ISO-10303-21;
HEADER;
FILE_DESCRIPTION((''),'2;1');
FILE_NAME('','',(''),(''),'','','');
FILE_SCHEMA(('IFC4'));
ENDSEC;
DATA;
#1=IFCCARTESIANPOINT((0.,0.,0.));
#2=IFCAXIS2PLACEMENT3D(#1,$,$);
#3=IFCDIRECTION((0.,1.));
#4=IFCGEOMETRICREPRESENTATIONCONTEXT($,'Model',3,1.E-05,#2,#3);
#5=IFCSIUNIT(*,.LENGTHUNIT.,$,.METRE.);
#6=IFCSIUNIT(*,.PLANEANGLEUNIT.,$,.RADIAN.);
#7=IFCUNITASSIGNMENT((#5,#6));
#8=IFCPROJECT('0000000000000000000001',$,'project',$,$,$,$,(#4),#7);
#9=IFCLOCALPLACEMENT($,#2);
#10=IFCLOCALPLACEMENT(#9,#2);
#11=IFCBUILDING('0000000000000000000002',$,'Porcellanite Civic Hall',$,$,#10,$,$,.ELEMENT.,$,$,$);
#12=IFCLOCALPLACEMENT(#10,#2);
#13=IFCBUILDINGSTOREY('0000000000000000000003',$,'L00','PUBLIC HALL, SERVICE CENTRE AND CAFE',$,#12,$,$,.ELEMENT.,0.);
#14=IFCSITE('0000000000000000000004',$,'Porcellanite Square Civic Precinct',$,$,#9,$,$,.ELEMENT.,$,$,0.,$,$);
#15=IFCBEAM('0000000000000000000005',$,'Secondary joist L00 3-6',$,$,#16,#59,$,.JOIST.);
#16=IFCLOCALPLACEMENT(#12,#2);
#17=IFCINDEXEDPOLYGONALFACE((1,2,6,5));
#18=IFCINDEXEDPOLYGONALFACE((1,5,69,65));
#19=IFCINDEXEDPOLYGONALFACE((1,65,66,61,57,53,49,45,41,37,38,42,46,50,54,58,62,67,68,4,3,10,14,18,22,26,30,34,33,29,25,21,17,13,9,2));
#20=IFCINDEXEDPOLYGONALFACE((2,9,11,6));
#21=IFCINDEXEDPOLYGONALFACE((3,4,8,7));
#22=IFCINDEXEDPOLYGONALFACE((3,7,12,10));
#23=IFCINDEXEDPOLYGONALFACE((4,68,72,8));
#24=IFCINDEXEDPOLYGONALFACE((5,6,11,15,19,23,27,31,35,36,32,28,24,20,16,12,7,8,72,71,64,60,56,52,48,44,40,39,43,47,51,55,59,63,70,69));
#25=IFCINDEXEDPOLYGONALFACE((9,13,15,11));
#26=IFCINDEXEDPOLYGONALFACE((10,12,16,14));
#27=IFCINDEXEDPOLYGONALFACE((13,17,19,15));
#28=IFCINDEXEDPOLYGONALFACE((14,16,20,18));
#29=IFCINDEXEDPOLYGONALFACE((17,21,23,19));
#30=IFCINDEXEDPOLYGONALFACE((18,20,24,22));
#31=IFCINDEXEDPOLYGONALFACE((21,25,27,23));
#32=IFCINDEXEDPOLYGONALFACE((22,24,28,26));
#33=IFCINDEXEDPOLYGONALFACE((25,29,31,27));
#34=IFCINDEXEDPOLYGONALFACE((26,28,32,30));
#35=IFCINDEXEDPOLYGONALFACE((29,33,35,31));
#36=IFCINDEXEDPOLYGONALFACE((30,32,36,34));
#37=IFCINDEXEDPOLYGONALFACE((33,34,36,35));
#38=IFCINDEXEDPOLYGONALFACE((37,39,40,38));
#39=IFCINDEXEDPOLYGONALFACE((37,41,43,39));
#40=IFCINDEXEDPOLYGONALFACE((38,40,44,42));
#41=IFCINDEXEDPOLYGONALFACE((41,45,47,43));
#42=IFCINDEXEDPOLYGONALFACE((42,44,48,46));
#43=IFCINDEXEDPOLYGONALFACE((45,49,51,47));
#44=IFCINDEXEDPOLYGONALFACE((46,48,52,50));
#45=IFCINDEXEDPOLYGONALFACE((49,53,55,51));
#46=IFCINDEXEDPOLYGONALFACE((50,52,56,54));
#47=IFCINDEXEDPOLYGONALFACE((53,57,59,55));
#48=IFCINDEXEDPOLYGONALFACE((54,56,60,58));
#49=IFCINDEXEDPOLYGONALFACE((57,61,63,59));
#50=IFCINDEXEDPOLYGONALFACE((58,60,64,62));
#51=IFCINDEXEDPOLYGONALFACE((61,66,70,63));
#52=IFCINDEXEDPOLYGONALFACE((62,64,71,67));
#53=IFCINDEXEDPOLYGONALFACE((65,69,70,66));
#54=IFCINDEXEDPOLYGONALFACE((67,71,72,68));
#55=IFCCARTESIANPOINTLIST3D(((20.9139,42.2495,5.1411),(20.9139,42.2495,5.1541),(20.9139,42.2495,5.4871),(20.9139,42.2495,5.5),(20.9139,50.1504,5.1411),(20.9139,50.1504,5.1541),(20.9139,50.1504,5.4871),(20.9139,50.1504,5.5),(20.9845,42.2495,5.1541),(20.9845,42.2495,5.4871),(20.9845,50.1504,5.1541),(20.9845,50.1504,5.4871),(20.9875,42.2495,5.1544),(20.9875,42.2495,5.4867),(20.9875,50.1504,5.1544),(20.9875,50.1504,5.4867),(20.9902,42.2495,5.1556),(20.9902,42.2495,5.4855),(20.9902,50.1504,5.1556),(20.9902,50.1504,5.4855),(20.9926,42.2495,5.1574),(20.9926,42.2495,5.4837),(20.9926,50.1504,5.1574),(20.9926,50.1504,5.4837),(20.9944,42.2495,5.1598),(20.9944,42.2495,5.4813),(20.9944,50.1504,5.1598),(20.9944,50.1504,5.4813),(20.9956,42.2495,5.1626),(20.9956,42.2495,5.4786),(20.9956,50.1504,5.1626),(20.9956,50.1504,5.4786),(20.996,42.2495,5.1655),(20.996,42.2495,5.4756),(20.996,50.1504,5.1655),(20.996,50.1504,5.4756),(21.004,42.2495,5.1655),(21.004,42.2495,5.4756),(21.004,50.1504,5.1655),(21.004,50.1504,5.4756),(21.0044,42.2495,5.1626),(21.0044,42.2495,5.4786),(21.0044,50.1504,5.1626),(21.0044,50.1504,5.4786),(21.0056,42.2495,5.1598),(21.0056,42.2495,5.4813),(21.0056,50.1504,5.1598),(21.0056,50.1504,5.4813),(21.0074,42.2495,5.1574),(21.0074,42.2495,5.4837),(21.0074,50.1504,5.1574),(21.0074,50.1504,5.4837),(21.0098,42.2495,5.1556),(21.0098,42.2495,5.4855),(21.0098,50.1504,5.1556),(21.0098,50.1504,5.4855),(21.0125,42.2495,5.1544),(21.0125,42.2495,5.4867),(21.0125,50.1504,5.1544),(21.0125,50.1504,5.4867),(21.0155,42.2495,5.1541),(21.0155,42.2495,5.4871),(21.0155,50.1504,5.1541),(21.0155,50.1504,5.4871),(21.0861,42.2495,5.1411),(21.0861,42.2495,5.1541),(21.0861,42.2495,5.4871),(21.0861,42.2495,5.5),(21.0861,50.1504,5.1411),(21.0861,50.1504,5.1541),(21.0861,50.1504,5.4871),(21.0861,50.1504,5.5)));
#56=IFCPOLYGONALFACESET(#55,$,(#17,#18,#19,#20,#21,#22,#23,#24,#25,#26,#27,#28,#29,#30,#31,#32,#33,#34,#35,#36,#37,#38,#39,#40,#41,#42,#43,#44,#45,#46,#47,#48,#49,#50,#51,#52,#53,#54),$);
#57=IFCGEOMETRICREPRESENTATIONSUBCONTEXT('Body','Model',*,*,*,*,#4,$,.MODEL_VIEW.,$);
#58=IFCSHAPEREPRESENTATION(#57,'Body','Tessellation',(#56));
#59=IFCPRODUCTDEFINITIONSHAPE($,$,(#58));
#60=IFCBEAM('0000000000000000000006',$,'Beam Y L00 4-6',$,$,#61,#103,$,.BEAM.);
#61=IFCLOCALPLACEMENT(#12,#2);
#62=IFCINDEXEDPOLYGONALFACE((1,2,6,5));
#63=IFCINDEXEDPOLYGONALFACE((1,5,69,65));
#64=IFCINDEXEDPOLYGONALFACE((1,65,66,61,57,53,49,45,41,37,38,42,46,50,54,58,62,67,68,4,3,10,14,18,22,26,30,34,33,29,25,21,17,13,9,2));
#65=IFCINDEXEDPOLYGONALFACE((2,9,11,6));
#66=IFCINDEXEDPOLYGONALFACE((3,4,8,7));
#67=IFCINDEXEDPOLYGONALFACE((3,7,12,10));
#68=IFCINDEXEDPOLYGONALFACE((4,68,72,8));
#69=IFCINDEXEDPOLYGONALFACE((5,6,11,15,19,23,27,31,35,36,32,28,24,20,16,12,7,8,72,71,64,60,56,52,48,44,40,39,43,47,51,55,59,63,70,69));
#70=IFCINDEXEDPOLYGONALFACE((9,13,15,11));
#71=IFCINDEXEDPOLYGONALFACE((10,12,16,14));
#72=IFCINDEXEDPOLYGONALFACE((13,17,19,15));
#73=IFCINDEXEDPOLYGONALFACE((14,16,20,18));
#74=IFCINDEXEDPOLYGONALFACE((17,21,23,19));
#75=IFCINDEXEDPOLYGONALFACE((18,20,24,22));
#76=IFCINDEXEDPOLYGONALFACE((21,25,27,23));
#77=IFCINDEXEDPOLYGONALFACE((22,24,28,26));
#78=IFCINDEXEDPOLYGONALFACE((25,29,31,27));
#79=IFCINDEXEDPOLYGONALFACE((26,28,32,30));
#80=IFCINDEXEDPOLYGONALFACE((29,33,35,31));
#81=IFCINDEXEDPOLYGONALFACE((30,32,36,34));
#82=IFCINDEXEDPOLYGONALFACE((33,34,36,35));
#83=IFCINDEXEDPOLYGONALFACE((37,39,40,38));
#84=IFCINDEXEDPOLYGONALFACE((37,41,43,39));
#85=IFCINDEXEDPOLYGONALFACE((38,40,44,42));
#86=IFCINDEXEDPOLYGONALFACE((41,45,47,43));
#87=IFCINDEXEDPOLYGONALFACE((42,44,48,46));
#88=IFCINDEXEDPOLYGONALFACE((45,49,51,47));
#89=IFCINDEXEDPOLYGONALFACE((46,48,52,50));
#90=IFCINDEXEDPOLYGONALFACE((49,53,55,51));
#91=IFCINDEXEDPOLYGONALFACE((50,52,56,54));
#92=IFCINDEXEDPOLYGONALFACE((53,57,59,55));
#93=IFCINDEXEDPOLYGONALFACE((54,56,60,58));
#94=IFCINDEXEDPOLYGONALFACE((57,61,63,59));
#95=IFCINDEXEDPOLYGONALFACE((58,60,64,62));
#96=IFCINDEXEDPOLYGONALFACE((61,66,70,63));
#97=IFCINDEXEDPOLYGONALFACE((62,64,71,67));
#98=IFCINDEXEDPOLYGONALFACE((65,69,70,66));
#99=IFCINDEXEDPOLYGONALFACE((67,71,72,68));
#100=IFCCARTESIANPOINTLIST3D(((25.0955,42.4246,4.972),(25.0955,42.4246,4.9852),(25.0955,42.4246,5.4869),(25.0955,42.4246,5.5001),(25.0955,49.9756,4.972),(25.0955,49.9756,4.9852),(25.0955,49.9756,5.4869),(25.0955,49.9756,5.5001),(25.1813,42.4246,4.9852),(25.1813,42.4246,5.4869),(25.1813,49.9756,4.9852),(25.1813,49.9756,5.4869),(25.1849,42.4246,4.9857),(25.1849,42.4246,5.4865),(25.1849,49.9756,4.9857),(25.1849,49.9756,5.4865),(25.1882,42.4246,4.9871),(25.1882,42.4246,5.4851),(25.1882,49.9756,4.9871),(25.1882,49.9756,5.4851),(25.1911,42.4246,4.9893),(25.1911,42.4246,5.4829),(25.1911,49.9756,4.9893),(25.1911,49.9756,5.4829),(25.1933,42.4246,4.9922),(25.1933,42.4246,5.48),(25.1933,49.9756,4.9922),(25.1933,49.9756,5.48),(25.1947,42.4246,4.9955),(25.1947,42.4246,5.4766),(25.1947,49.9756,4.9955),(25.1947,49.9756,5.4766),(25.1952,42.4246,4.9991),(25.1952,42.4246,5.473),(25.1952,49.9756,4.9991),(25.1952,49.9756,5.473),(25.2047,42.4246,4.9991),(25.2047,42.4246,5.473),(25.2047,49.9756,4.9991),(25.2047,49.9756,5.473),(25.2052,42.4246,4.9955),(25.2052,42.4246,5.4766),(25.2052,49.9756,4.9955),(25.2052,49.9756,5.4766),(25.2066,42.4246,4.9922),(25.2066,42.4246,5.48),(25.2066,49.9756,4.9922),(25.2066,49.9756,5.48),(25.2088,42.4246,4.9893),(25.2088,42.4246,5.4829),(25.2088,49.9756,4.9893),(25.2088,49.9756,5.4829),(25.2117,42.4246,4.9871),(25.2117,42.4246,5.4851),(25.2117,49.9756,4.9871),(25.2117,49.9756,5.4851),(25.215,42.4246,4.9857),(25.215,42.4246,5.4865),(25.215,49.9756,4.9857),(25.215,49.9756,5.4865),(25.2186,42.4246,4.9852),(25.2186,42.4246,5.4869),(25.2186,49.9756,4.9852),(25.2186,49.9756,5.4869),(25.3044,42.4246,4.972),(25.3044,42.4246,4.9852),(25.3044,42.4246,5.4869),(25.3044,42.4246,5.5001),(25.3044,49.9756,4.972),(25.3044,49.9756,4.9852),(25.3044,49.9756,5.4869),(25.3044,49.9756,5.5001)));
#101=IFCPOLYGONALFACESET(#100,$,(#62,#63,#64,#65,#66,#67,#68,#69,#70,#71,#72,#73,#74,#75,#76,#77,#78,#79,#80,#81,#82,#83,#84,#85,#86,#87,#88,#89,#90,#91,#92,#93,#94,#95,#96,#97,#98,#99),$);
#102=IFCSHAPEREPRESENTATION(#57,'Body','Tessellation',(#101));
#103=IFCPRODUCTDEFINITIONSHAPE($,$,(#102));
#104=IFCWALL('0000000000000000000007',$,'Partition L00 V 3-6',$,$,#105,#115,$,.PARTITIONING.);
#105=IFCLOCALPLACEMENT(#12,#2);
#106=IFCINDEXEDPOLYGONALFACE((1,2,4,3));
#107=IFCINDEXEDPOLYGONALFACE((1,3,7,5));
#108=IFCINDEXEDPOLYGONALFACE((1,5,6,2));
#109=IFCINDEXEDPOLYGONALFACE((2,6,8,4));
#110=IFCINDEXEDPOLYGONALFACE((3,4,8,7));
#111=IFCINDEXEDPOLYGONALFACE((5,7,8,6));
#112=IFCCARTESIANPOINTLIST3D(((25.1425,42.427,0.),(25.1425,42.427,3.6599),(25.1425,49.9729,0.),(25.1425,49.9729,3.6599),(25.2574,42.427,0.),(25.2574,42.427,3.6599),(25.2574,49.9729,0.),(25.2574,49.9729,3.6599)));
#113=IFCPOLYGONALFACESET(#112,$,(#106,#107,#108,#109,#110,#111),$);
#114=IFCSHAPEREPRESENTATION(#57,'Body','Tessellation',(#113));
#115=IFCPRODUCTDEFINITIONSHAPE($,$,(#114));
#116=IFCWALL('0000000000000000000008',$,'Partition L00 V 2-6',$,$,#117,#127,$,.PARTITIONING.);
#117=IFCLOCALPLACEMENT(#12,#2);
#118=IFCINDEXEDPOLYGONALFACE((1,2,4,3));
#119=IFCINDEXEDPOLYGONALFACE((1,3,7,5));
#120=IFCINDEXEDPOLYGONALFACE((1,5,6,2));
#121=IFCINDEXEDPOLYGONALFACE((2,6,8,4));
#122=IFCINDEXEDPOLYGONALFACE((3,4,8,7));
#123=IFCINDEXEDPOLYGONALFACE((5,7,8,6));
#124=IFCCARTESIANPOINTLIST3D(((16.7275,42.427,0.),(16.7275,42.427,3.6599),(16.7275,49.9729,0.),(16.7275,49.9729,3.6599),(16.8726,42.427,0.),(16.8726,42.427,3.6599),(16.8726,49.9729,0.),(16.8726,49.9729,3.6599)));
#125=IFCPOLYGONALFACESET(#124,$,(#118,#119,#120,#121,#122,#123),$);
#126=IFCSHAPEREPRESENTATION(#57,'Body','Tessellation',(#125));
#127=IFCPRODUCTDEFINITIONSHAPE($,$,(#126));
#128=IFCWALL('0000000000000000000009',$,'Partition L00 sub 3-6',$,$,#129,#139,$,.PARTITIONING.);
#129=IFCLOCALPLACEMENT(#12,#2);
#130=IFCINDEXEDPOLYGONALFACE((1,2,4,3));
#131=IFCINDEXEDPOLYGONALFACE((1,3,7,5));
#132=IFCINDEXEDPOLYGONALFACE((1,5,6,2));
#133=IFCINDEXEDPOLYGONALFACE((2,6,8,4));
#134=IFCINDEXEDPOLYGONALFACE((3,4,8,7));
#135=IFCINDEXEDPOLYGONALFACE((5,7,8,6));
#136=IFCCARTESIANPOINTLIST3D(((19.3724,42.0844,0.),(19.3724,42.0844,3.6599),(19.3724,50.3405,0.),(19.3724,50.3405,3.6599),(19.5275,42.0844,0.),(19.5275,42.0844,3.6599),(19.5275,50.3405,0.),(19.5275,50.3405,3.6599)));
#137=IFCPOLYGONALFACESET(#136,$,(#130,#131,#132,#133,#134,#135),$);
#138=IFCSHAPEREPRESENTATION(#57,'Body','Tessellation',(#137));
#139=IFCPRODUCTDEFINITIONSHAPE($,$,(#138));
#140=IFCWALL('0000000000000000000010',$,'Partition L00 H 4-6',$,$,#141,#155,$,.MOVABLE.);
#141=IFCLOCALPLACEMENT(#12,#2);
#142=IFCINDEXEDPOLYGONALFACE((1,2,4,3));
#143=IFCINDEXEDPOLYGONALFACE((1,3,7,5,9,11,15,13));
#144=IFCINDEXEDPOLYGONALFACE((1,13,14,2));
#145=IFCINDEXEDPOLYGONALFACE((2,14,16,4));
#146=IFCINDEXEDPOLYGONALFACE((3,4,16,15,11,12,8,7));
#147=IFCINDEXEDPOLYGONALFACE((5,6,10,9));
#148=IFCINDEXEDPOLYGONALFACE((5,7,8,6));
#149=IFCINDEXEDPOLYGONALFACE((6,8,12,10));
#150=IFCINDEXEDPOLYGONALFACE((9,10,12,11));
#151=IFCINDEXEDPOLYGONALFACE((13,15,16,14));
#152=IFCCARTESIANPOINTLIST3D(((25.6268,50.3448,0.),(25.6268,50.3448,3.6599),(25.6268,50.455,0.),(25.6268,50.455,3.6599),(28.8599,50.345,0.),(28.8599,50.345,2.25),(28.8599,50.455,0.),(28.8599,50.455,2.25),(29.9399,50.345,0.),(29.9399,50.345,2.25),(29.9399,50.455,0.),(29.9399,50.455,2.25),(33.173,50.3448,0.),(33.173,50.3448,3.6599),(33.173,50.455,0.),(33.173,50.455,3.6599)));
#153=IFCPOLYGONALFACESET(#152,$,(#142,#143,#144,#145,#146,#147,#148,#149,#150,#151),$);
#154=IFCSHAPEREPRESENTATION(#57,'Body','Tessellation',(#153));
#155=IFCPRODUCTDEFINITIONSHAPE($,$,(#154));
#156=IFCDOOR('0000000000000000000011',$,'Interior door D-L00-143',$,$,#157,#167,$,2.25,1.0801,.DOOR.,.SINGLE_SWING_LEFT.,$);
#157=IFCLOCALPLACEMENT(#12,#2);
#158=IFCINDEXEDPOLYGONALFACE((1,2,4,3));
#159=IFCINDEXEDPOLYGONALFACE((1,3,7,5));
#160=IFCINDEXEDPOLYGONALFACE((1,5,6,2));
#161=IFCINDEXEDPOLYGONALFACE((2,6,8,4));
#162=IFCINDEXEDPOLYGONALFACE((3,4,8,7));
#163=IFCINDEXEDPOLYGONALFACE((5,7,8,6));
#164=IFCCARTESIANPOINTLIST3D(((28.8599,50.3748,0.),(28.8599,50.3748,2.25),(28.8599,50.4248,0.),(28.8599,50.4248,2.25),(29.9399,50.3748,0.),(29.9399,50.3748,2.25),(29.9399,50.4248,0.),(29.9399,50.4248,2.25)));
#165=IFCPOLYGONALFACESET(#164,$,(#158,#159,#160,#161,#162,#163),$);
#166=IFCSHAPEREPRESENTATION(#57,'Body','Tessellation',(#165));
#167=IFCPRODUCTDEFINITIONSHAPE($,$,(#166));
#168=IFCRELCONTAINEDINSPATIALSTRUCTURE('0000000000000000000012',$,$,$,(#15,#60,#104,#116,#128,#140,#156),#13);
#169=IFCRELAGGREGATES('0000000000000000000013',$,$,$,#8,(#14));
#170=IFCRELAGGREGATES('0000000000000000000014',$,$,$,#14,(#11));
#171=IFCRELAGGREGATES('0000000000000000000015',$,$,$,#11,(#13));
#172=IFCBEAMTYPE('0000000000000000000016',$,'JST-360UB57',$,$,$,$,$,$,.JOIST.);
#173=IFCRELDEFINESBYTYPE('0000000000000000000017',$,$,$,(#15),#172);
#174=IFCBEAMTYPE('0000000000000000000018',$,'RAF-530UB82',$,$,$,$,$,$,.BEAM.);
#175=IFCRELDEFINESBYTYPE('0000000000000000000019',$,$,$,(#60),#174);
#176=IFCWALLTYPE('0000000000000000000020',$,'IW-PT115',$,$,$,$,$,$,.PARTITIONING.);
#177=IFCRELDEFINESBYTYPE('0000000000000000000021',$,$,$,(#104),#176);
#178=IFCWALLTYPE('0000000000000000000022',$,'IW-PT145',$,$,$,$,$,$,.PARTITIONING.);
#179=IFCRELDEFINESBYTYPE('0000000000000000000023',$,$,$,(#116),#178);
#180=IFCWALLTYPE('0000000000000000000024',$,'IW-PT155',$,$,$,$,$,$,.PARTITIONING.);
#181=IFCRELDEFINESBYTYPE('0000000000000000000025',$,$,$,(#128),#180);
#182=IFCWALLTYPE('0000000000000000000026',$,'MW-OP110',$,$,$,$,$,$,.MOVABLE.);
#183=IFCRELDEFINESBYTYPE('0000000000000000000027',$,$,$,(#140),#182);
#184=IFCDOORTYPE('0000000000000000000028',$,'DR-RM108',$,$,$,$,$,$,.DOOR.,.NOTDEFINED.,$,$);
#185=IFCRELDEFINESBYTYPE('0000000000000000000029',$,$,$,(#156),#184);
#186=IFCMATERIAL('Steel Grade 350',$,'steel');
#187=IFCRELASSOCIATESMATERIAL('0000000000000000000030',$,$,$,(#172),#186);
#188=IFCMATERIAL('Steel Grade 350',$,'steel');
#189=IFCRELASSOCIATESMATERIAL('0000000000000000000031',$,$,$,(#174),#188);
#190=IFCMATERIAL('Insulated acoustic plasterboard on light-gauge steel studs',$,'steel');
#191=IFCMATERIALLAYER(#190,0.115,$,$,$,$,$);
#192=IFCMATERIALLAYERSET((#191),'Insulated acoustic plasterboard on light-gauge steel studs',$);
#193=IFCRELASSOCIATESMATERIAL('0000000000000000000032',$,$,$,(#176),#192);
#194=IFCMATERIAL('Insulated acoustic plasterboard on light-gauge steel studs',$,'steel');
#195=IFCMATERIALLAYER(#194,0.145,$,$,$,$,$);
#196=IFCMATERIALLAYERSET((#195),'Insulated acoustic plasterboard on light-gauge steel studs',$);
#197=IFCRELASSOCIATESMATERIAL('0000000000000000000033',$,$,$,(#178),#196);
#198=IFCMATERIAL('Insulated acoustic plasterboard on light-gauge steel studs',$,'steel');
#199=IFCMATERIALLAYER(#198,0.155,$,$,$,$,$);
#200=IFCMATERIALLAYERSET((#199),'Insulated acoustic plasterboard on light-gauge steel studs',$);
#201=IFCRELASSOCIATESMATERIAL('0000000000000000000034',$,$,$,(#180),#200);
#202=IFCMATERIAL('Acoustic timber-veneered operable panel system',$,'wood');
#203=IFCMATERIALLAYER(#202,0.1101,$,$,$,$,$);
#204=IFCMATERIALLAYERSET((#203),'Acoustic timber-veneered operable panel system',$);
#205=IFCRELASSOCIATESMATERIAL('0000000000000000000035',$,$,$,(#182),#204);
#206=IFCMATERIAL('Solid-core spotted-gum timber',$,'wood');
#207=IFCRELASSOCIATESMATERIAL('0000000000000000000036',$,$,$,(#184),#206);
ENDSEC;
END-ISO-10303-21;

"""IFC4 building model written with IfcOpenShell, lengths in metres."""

from ifc_helpers import new_model, si_unit, direction, frame, frame_2d, origin, origin_2d, place, context, subcontext, project, spatial, rectangle, i_section, extrude, material, layer, layer_set, material_profile, profile_set, type_object, element, fill, save


model = new_model("IFC4")

# Units and contexts
model_context = context("Model", 3, precision=1e-05, world=origin(), true_north=direction((0.0, 1.0)))
body_context = subcontext(model_context, "Body", "Model", "MODEL_VIEW")
ifc_project = project(units=[si_unit("LENGTHUNIT", "METRE"), si_unit("PLANEANGLEUNIT", "RADIAN")], contexts=[model_context])

# Site, building, storey
site_placement = place(None, origin())
site = spatial("IfcSite", under=ifc_project, at=site_placement, Name="Porcellanite Square Civic Precinct", CompositionType="ELEMENT", RefElevation=0.0)
building_placement = place(site_placement, origin())
building = spatial("IfcBuilding", under=site, at=building_placement, Name="Porcellanite Civic Hall", CompositionType="ELEMENT")
storey_placement = place(building_placement, origin())
storey = spatial("IfcBuildingStorey", under=building, at=storey_placement, Name="L00", Description="PUBLIC HALL, SERVICE CENTRE AND CAFE", CompositionType="ELEMENT", Elevation=0.0)

# Beams
ifc_material_1 = material(Name="Steel Grade 350", Category="steel")
ifc_material_profile_1 = material_profile(ifc_material_1, i_section(OverallWidth=0.1721, OverallDepth=0.3589, WebThickness=0.0081, FlangeThickness=0.0129, FilletRadius=0.0115, at=origin_2d()), Name="360UB56.7")
ifc_profile_set_1 = profile_set([ifc_material_profile_1], Name="Steel Grade 350")
beam_type_1 = type_object("IfcBeamType", Name="JST-360UB57", PredefinedType="JOIST", material=ifc_profile_set_1)
beam_1_placement = place(storey_placement, frame((21.0, 42.2495, 5.3206), z_axis=(0.0, 1.0, 0.0), x_axis=(-1.0, 0.0, 0.0)))
element("IfcBeam", 1, at=beam_1_placement, inside=storey, type_object=beam_type_1, Name="Secondary joist L00 3-6", PredefinedType="JOIST", context=body_context, shape_type="SweptSolid", body=[
    extrude(i_section(OverallWidth=0.1721, OverallDepth=0.3589, WebThickness=0.0081, FlangeThickness=0.0129, FilletRadius=0.0115, at=origin_2d()), origin(), (0.0, 0.0, 1.0), 7.9009),
])
ifc_material_2 = material(Name="Steel Grade 350", Category="steel")
ifc_material_profile_2 = material_profile(ifc_material_2, i_section(OverallWidth=0.209, OverallDepth=0.5281, WebThickness=0.0095, FlangeThickness=0.0132, FilletRadius=0.0139, at=origin_2d()), Name="530UB82.0")
ifc_profile_set_2 = profile_set([ifc_material_profile_2], Name="Steel Grade 350")
beam_type_2 = type_object("IfcBeamType", Name="RAF-530UB82", PredefinedType="BEAM", material=ifc_profile_set_2)
beam_2_placement = place(storey_placement, frame((25.2, 42.4246, 5.2361), z_axis=(0.0, 1.0, 0.0), x_axis=(-1.0, 0.0, 0.0)))
element("IfcBeam", 2, at=beam_2_placement, inside=storey, type_object=beam_type_2, Name="Beam Y L00 4-6", PredefinedType="BEAM", context=body_context, shape_type="SweptSolid", body=[
    extrude(i_section(OverallWidth=0.209, OverallDepth=0.5281, WebThickness=0.0095, FlangeThickness=0.0132, FilletRadius=0.0139, at=origin_2d()), origin(), (0.0, 0.0, 1.0), 7.551),
])

# Shared definitions
ifc_material_3 = material(Name="Insulated acoustic plasterboard on light-gauge steel studs", Category="steel")
ifc_layer_1 = layer(ifc_material_3, 0.115)
ifc_layer_set_1 = layer_set([ifc_layer_1], Name="Insulated acoustic plasterboard on light-gauge steel studs")
wall_type_1 = type_object("IfcWallType", Name="IW-PT115", PredefinedType="PARTITIONING", material=ifc_layer_set_1)

# Wall
wall_1_placement = place(storey_placement, frame((25.2, 42.427, 0.0), z_axis=(0.0, 0.0, 1.0), x_axis=(0.0, 1.0, 0.0)))
element("IfcWall", 3, at=wall_1_placement, inside=storey, type_object=wall_type_1, Name="Partition L00 V 3-6", PredefinedType="PARTITIONING", context=body_context, shape_type="SweptSolid", body=[
    extrude(rectangle(XDim=7.5459, YDim=0.115, at=frame_2d((3.7729, 0.0))), origin(), (0.0, 0.0, 1.0), 3.6599),
])

# Walls
ifc_material_4 = material(Name="Insulated acoustic plasterboard on light-gauge steel studs", Category="steel")
ifc_layer_2 = layer(ifc_material_4, 0.145)
ifc_layer_set_2 = layer_set([ifc_layer_2], Name="Insulated acoustic plasterboard on light-gauge steel studs")
wall_type_2 = type_object("IfcWallType", Name="IW-PT145", PredefinedType="PARTITIONING", material=ifc_layer_set_2)
wall_2_placement = place(storey_placement, frame((16.8, 42.427, 0.0), z_axis=(0.0, 0.0, 1.0), x_axis=(0.0, 1.0, 0.0)))
element("IfcWall", 4, at=wall_2_placement, inside=storey, type_object=wall_type_2, Name="Partition L00 V 2-6", PredefinedType="PARTITIONING", context=body_context, shape_type="SweptSolid", body=[
    extrude(rectangle(XDim=7.5459, YDim=0.145, at=frame_2d((3.7729, 0.0))), origin(), (0.0, 0.0, 1.0), 3.6599),
])
ifc_material_5 = material(Name="Insulated acoustic plasterboard on light-gauge steel studs", Category="steel")
ifc_layer_3 = layer(ifc_material_5, 0.155)
ifc_layer_set_3 = layer_set([ifc_layer_3], Name="Insulated acoustic plasterboard on light-gauge steel studs")
wall_type_3 = type_object("IfcWallType", Name="IW-PT155", PredefinedType="PARTITIONING", material=ifc_layer_set_3)
wall_3_placement = place(storey_placement, frame((19.45, 42.0845, 0.0), z_axis=(0.0, 0.0, 1.0), x_axis=(0.0, 1.0, 0.0)))
element("IfcWall", 5, at=wall_3_placement, inside=storey, type_object=wall_type_3, Name="Partition L00 sub 3-6", PredefinedType="PARTITIONING", context=body_context, shape_type="SweptSolid", body=[
    extrude(rectangle(XDim=8.2561, YDim=0.155, at=frame_2d((4.1279, 0.0))), origin(), (0.0, 0.0, 1.0), 3.6599),
])

# Wall, opening, door
ifc_material_6 = material(Name="Acoustic timber-veneered operable panel system", Category="wood")
ifc_layer_4 = layer(ifc_material_6, 0.1101)
ifc_layer_set_4 = layer_set([ifc_layer_4], Name="Acoustic timber-veneered operable panel system")
wall_type_4 = type_object("IfcWallType", Name="MW-OP110", PredefinedType="MOVABLE", material=ifc_layer_set_4)
wall_4_placement = place(storey_placement, frame((25.627, 50.3999, 0.0), z_axis=(0.0, 0.0, 1.0), x_axis=(1.0, 0.0, 0.0)))
wall_4 = element("IfcWall", 6, at=wall_4_placement, inside=storey, type_object=wall_type_4, Name="Partition L00 H 4-6", PredefinedType="MOVABLE", context=body_context, shape_type="SweptSolid", body=[
    extrude(rectangle(XDim=7.5461, YDim=0.1101, at=frame_2d((3.7729, 0.0))), origin(), (0.0, 0.0, 1.0), 3.6599),
])
opening_1_placement = place(wall_4_placement, frame((3.2329, 0.0, 0.0)))
opening_1 = element("IfcOpeningElement", 7, at=opening_1_placement, cuts=wall_4, PredefinedType="OPENING", context=body_context, shape_type="SweptSolid", body=[
    extrude(rectangle(XDim=1.0801, YDim=2.25, at=frame_2d((0.54, 1.125))), frame((0.0, 0.0552, 0.0), z_axis=(0.0, -1.0, 0.0), x_axis=(1.0, 0.0, 0.0)), (0.0, 0.0, 1.0), 0.1101),
])
ifc_material_7 = material(Name="Solid-core spotted-gum timber", Category="wood")
door_type_1 = type_object("IfcDoorType", Name="DR-RM108", OperationType="NOTDEFINED", PredefinedType="DOOR", material=ifc_material_7)
door_1_placement = place(opening_1_placement, origin())
door_1 = element("IfcDoor", 8, at=door_1_placement, inside=storey, type_object=door_type_1, Name="Interior door D-L00-143", OperationType="SINGLE_SWING_LEFT", OverallHeight=2.25, OverallWidth=1.0801, PredefinedType="DOOR", context=body_context, shape_type="SweptSolid", body=[
    extrude(rectangle(XDim=1.0801, YDim=2.25, at=frame_2d((0.54, 1.125))), frame((0.0, 0.0249, 0.0), z_axis=(0.0, -1.0, 0.0), x_axis=(1.0, 0.0, 0.0)), (0.0, 0.0, 1.0), 0.05),
])
fill(opening_1, door_1)

save(model, "model.ifc")
